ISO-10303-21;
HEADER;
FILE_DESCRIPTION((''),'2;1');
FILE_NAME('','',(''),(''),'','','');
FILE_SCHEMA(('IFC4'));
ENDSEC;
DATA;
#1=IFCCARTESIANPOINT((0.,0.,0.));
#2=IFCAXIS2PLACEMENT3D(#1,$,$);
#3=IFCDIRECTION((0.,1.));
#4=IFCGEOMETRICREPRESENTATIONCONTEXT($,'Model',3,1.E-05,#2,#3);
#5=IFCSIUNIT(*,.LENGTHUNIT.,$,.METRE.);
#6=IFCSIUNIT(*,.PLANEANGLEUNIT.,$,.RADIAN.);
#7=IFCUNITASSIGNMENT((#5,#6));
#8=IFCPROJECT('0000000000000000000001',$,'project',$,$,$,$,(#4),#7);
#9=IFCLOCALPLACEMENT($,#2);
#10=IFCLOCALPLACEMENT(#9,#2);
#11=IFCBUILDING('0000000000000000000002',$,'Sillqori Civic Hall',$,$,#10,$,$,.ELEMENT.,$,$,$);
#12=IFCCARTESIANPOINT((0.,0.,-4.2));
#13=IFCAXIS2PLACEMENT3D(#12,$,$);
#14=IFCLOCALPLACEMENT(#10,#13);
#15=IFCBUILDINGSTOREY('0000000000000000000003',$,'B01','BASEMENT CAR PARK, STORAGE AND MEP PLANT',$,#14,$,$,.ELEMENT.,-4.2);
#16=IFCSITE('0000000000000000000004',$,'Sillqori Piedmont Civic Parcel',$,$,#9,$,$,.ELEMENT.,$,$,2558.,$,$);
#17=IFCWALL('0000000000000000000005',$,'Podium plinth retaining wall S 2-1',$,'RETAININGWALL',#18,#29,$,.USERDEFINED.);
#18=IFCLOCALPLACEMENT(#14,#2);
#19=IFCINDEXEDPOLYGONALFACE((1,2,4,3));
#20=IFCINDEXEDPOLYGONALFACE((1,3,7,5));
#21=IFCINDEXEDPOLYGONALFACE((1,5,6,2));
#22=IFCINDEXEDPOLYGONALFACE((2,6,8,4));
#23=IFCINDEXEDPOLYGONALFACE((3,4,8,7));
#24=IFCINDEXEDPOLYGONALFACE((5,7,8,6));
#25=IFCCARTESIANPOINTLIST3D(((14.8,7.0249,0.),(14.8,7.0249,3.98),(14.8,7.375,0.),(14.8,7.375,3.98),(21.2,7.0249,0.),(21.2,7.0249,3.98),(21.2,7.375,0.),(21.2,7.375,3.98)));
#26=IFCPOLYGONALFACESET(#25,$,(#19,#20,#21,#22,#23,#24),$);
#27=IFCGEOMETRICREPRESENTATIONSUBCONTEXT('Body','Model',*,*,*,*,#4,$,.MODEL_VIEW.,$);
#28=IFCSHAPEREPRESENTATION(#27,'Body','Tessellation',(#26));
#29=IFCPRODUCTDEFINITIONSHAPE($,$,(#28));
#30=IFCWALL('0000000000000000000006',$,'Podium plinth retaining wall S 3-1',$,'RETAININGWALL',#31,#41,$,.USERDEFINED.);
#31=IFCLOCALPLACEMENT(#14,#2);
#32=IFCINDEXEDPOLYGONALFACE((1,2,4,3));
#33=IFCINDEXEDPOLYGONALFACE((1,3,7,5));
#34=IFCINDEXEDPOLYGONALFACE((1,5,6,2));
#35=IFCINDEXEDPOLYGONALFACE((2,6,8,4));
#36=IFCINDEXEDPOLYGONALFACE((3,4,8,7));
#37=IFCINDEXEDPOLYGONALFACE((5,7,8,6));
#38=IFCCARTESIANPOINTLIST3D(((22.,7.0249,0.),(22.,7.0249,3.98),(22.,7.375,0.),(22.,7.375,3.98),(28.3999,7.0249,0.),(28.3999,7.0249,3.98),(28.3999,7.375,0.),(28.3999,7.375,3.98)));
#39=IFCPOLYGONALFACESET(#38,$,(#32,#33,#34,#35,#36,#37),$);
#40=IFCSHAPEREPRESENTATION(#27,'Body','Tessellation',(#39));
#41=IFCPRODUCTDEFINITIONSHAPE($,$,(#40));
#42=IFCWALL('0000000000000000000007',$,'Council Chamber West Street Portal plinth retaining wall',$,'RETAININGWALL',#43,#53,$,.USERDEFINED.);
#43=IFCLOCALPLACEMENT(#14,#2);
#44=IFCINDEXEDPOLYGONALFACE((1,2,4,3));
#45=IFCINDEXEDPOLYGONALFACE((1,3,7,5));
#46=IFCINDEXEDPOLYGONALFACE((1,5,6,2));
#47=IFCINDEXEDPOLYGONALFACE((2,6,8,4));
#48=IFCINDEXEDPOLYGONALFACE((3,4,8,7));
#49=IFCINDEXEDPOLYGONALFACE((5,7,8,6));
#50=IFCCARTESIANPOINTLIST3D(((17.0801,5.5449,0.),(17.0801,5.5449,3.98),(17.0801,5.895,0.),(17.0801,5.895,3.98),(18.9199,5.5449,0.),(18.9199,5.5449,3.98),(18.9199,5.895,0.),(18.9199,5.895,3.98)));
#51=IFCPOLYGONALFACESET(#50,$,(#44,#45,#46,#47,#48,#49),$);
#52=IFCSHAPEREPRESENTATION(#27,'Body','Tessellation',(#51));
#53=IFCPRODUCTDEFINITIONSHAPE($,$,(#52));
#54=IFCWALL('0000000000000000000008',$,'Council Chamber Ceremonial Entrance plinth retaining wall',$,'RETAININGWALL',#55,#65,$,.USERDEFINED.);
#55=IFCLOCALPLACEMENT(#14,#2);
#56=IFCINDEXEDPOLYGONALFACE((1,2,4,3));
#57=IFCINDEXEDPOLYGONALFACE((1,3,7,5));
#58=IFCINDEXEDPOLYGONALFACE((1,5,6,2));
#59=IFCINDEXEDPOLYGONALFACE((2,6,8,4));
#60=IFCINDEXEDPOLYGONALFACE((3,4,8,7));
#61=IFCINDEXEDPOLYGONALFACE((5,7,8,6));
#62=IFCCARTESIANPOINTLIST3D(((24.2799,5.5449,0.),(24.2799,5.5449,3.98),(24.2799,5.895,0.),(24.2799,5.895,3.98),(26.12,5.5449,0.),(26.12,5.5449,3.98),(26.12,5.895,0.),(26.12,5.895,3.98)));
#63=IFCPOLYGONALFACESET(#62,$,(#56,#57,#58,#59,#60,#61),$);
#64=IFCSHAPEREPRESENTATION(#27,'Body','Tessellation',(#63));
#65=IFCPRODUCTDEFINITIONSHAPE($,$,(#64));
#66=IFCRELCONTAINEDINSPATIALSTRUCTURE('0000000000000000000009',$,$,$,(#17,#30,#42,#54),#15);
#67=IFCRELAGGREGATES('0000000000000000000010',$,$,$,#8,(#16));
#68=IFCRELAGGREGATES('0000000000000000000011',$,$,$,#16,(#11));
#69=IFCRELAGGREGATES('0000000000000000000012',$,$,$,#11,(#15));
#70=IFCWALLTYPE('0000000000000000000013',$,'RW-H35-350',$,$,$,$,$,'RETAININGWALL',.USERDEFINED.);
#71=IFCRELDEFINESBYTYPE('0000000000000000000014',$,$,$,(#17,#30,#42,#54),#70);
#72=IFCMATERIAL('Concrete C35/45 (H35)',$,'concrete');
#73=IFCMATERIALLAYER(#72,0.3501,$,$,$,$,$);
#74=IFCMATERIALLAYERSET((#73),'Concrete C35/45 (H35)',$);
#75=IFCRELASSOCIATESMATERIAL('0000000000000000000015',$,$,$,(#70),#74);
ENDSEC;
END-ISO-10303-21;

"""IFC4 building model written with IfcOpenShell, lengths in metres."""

from ifc_helpers import new_model, si_unit, direction, frame, frame_2d, origin, place, context, subcontext, project, spatial, rectangle, extrude, material, layer, layer_set, type_object, element, save


model = new_model("IFC4")

# Units and contexts
model_context = context("Model", 3, precision=1e-05, world=origin(), true_north=direction((0.0, 1.0)))
body_context = subcontext(model_context, "Body", "Model", "MODEL_VIEW")
ifc_project = project(units=[si_unit("LENGTHUNIT", "METRE"), si_unit("PLANEANGLEUNIT", "RADIAN")], contexts=[model_context])

# Site, building, storey
site_placement = place(None, origin())
site = spatial("IfcSite", under=ifc_project, at=site_placement, Name="Sillqori Piedmont Civic Parcel", CompositionType="ELEMENT", RefElevation=2558.0)
building_placement = place(site_placement, origin())
building = spatial("IfcBuilding", under=site, at=building_placement, Name="Sillqori Civic Hall", CompositionType="ELEMENT")
storey_placement = place(building_placement, frame((0.0, 0.0, -4.2)))
storey = spatial("IfcBuildingStorey", under=building, at=storey_placement, Name="B01", Description="BASEMENT CAR PARK, STORAGE AND MEP PLANT", CompositionType="ELEMENT", Elevation=-4.2)

# Shared definitions
ifc_material = material(Name="Concrete C35/45 (H35)", Category="concrete")

# Walls
ifc_layer = layer(ifc_material, 0.3501)
ifc_layer_set = layer_set([ifc_layer], Name="Concrete C35/45 (H35)")
wall_type = type_object("IfcWallType", Name="RW-H35-350", ElementType="RETAININGWALL", PredefinedType="USERDEFINED", material=ifc_layer_set)
for number, where, z_axis, x_axis, name in (
    (1, (14.8, 7.2, 0.0), (0.0, 0.0, 1.0), (1.0, 0.0, 0.0), "Podium plinth retaining wall S 2-1"),
    (2, (22.0, 7.2, 0.0), (0.0, 0.0, 1.0), (1.0, 0.0, 0.0), "Podium plinth retaining wall S 3-1"),
):
    element("IfcWall", number, at=place(storey_placement, frame(where, z_axis=z_axis, x_axis=x_axis)), inside=storey, type_object=wall_type, Name=name, ObjectType="RETAININGWALL", PredefinedType="USERDEFINED", context=body_context, shape_type="SweptSolid", body=[
        extrude(rectangle(XDim=6.3999, YDim=0.3501, at=frame_2d((3.2, 0.0))), origin(), (0.0, 0.0, 1.0), 3.98),
    ])
wall_1_placement = place(storey_placement, frame((17.0801, 5.72, 0.0), z_axis=(0.0, 0.0, 1.0), x_axis=(1.0, 0.0, 0.0)))
element("IfcWall", 3, at=wall_1_placement, inside=storey, type_object=wall_type, Name="Council Chamber West Street Portal plinth retaining wall", ObjectType="RETAININGWALL", PredefinedType="USERDEFINED", context=body_context, shape_type="SweptSolid", body=[
    extrude(rectangle(XDim=1.8398, YDim=0.3501, at=frame_2d((0.9199, 0.0))), origin(), (0.0, 0.0, 1.0), 3.98),
])
wall_2_placement = place(storey_placement, frame((24.28, 5.72, 0.0), z_axis=(0.0, 0.0, 1.0), x_axis=(1.0, 0.0, 0.0)))
element("IfcWall", 4, at=wall_2_placement, inside=storey, type_object=wall_type, Name="Council Chamber Ceremonial Entrance plinth retaining wall", ObjectType="RETAININGWALL", PredefinedType="USERDEFINED", context=body_context, shape_type="SweptSolid", body=[
    extrude(rectangle(XDim=1.8401, YDim=0.3501, at=frame_2d((0.9199, 0.0))), origin(), (0.0, 0.0, 1.0), 3.98),
])

save(model, "model.ifc")
